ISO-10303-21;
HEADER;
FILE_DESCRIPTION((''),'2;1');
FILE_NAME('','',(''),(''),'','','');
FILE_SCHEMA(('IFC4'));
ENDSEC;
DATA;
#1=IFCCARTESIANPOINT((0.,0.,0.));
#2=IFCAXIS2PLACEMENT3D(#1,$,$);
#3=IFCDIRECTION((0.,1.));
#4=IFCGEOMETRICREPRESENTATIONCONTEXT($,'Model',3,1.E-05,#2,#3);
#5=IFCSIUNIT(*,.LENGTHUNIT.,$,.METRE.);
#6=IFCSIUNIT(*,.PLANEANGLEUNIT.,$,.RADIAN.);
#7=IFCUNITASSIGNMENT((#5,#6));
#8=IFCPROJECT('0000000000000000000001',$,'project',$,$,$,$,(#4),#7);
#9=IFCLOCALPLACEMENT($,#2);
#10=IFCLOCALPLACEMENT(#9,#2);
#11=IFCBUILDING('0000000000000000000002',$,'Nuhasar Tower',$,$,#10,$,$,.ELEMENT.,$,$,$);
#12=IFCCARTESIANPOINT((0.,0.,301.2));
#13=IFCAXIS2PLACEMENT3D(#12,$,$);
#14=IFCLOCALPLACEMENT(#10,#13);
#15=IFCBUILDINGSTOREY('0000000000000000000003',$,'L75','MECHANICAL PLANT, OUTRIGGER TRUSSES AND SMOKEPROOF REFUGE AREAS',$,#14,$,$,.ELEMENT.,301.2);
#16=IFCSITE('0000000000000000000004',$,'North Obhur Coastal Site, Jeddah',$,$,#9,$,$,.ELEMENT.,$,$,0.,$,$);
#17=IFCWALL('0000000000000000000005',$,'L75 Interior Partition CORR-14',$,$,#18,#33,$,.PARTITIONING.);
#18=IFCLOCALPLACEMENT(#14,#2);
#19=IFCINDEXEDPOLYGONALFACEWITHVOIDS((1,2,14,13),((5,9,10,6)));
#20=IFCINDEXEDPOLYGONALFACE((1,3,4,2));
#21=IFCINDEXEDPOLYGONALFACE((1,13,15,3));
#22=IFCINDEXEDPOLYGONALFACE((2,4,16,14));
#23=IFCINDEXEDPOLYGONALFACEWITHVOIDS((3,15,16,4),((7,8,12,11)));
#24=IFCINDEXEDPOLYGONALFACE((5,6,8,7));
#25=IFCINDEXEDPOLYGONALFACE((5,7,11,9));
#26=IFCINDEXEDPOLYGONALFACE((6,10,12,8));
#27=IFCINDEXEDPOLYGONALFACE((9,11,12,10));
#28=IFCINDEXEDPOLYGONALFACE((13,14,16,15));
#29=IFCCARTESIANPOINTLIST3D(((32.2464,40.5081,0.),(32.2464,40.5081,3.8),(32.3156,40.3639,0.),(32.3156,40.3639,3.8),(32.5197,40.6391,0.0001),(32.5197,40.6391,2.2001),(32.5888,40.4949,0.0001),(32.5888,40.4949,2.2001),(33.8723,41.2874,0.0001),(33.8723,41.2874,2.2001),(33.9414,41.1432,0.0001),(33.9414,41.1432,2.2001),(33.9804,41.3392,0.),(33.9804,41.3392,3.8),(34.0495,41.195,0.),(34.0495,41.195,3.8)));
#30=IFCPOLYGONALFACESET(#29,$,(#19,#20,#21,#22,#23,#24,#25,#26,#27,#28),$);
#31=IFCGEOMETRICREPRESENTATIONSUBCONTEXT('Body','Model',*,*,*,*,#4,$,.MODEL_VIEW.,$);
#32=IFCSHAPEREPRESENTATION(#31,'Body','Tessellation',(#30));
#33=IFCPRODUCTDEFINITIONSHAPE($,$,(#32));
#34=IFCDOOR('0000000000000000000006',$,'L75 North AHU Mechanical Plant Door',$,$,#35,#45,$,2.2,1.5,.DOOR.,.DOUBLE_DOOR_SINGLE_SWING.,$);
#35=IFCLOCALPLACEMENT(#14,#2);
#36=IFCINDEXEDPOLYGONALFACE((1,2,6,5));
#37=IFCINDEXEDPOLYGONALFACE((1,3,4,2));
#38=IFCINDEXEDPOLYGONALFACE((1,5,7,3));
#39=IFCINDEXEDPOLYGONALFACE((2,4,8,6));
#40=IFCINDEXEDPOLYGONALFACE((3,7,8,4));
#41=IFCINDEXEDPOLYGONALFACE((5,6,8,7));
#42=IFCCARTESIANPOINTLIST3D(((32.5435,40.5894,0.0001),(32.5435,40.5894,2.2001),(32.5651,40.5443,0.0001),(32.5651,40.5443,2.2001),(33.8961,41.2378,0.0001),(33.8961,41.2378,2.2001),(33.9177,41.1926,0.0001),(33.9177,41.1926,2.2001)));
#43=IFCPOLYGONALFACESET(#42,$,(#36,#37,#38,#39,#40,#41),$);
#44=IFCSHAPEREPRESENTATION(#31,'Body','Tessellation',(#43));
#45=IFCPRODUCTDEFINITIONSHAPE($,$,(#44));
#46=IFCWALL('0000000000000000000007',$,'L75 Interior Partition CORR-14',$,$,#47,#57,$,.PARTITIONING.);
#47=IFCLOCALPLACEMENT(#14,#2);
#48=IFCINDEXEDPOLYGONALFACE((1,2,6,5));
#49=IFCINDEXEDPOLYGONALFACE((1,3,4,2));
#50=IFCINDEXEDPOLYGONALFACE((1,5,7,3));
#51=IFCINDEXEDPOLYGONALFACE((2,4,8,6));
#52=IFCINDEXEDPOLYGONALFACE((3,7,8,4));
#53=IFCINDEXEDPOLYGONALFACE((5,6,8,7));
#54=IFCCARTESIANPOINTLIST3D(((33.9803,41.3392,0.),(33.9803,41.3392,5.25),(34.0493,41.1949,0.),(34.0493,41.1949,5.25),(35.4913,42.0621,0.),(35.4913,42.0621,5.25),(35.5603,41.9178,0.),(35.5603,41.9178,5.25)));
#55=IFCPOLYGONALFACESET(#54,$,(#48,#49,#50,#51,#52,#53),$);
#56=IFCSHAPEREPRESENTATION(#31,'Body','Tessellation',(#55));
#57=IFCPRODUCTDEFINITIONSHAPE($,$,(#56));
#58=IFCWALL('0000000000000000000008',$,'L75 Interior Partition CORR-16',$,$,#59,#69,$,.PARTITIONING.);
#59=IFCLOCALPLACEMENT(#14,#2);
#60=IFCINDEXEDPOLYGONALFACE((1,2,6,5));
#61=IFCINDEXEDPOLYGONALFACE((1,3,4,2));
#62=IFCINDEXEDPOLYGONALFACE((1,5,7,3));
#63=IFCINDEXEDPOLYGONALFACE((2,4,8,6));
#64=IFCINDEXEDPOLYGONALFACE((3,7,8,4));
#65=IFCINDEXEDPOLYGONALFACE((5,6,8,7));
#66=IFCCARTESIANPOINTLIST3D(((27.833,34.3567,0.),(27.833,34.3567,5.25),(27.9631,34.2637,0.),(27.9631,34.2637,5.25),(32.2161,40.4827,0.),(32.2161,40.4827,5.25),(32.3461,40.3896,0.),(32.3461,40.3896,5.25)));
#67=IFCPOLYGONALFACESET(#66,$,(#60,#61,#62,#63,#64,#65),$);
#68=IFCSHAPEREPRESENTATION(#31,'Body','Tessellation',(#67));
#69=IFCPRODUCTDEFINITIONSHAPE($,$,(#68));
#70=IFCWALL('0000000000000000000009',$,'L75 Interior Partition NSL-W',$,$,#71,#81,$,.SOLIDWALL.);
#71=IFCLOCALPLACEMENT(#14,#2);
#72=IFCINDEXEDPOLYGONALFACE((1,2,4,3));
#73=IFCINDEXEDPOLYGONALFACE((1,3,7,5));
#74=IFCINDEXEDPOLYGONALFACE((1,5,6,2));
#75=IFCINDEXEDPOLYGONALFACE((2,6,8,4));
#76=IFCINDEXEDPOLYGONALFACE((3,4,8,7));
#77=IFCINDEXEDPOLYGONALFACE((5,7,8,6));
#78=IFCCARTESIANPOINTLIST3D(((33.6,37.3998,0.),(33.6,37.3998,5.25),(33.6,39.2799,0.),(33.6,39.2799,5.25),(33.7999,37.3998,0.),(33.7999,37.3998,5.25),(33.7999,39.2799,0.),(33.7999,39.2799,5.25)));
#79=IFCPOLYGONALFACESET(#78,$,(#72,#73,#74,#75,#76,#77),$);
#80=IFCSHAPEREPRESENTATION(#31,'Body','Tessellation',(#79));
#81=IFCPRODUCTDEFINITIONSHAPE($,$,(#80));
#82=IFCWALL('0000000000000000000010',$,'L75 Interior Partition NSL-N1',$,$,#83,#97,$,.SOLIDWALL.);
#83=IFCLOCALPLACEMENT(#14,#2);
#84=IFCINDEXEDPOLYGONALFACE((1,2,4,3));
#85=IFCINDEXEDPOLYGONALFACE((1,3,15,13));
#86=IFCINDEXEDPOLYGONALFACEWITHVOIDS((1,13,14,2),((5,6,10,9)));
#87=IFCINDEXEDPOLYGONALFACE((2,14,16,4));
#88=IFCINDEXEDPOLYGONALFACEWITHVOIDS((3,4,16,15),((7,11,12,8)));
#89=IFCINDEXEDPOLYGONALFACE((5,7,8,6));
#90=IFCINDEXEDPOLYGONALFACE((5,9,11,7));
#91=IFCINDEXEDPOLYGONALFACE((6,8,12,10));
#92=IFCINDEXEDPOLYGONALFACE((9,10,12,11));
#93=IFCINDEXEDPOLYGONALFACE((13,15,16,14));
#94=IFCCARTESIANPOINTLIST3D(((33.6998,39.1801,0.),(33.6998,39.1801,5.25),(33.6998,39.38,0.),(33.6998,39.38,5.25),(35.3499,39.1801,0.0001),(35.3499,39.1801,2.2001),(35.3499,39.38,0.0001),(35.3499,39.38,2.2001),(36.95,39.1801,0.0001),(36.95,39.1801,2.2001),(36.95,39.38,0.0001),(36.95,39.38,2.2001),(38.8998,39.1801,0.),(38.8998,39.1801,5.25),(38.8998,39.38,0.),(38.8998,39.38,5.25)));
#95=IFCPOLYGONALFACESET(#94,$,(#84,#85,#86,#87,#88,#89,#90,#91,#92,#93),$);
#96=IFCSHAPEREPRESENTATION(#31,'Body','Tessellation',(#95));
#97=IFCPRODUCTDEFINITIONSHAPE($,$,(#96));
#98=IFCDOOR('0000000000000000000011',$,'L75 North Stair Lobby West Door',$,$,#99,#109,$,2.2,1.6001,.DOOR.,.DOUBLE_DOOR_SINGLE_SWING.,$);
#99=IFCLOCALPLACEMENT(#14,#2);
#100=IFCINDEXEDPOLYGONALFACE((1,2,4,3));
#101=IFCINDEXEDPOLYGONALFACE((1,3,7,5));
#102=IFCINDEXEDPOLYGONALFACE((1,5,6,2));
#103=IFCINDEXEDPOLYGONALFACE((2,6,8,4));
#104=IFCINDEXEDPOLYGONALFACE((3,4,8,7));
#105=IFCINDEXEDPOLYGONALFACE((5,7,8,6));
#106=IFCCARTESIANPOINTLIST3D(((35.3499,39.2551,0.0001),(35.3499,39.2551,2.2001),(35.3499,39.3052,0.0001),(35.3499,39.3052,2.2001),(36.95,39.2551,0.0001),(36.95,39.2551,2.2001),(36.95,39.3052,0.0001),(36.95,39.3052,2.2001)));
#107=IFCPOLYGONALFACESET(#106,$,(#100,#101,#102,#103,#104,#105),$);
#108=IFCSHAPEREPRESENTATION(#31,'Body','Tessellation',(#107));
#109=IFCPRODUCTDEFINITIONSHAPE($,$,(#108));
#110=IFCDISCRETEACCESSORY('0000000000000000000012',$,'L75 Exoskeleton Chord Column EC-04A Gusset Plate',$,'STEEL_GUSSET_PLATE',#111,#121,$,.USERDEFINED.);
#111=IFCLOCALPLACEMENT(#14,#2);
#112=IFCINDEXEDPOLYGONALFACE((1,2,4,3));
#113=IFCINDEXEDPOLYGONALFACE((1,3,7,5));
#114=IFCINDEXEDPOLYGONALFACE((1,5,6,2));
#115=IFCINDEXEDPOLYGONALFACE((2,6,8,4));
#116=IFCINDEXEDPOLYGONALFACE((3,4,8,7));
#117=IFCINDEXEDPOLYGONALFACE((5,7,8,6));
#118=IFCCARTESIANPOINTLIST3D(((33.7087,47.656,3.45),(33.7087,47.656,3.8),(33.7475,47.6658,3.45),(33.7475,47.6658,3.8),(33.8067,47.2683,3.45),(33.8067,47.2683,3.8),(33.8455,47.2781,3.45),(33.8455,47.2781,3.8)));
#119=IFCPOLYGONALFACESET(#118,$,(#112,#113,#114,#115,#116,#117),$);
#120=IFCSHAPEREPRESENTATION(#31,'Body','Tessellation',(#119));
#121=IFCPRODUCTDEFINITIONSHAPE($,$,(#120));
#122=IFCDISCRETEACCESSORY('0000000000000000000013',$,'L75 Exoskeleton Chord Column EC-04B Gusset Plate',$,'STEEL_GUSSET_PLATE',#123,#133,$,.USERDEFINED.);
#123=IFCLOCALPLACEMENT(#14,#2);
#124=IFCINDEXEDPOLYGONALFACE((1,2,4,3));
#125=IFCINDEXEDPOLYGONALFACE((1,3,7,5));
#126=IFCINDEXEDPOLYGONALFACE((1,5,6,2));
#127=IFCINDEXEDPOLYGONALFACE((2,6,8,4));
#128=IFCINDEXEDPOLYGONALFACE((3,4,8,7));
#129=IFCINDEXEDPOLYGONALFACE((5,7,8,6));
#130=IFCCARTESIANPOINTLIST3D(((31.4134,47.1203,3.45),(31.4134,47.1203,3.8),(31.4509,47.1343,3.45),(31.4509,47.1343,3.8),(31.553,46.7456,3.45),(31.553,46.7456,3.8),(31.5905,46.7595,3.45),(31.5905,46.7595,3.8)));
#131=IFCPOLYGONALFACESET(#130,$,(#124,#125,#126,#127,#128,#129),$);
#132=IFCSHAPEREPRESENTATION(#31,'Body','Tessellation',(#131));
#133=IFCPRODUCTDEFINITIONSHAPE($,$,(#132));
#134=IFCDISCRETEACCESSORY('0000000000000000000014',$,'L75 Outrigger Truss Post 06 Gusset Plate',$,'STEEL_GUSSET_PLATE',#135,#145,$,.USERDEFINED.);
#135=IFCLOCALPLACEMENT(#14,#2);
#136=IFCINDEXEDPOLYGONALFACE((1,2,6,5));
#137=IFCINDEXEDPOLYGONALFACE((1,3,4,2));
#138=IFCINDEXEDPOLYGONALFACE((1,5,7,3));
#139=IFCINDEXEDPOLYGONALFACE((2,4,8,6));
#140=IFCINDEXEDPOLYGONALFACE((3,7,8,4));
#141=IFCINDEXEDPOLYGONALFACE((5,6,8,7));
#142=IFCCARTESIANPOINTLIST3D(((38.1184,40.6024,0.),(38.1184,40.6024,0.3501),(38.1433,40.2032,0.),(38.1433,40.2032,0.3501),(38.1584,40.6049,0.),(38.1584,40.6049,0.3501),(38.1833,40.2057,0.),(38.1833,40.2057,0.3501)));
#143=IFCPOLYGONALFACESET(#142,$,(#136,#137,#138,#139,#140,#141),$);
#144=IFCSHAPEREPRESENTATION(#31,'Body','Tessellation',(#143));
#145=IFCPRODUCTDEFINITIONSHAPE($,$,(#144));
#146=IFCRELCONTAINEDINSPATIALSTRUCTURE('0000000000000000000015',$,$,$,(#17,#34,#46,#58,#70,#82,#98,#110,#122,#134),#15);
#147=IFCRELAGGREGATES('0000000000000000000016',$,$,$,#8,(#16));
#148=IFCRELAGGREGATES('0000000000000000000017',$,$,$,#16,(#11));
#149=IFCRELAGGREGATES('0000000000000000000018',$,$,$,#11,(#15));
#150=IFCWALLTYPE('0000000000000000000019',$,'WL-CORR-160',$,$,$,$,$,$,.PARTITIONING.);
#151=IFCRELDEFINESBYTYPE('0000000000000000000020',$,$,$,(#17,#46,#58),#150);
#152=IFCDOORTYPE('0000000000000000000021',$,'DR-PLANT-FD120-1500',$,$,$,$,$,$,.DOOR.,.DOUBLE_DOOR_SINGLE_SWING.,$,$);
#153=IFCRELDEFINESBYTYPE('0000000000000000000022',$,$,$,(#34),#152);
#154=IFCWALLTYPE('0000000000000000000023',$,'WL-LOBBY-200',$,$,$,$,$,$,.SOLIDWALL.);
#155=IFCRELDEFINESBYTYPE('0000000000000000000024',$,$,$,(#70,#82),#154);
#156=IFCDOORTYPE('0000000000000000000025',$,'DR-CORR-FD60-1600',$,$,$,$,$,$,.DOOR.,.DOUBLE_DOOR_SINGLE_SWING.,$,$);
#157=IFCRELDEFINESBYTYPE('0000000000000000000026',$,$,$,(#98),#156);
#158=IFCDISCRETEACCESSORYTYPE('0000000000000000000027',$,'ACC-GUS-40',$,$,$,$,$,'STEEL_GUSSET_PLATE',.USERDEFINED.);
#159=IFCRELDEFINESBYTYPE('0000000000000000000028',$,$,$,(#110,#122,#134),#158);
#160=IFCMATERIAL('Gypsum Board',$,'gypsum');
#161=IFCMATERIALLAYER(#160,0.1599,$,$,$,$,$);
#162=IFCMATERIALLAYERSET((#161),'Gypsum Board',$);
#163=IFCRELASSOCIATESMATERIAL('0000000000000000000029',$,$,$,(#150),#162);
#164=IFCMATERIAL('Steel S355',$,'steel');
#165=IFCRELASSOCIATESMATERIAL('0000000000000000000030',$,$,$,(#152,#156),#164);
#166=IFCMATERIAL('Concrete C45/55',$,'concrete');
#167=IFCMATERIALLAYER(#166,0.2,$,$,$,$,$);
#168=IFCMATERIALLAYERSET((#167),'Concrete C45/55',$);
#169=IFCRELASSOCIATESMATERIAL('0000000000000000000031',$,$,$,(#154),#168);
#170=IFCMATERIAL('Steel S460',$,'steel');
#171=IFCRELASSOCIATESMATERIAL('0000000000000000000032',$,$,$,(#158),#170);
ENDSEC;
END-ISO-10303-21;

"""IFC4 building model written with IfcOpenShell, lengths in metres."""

from ifc_helpers import new_model, si_unit, direction, frame, frame_2d, origin, origin_2d, place, context, subcontext, project, spatial, rectangle, extrude, material, layer, layer_set, type_object, element, fill, save


model = new_model("IFC4")

# Units and contexts
model_context = context("Model", 3, precision=1e-05, world=origin(), true_north=direction((0.0, 1.0)))
body_context = subcontext(model_context, "Body", "Model", "MODEL_VIEW")
ifc_project = project(units=[si_unit("LENGTHUNIT", "METRE"), si_unit("PLANEANGLEUNIT", "RADIAN")], contexts=[model_context])

# Site, building, storey
site_placement = place(None, origin())
site = spatial("IfcSite", under=ifc_project, at=site_placement, Name="North Obhur Coastal Site, Jeddah", CompositionType="ELEMENT", RefElevation=0.0)
building_placement = place(site_placement, origin())
building = spatial("IfcBuilding", under=site, at=building_placement, Name="Nuhasar Tower", CompositionType="ELEMENT")
storey_placement = place(building_placement, frame((0.0, 0.0, 301.2)))
storey = spatial("IfcBuildingStorey", under=building, at=storey_placement, Name="L75", Description="MECHANICAL PLANT, OUTRIGGER TRUSSES AND SMOKEPROOF REFUGE AREAS", CompositionType="ELEMENT", Elevation=301.2)

# Shared definitions
ifc_material_1 = material(Name="Steel S355", Category="steel")

# Shared definitions
ifc_material_2 = material(Name="Steel S460", Category="steel")

# Wall, opening, door
ifc_material_3 = material(Name="Gypsum Board", Category="gypsum")
ifc_layer_1 = layer(ifc_material_3, 0.1599)
ifc_layer_set_1 = layer_set([ifc_layer_1], Name="Gypsum Board")
wall_type_1 = type_object("IfcWallType", Name="WL-CORR-160", PredefinedType="PARTITIONING", material=ifc_layer_set_1)
wall_1_placement = place(storey_placement, frame((32.281, 40.436, 0.0), z_axis=(0.0, 0.0, 1.0), x_axis=(0.901769, 0.432219, 0.0)))
wall_1 = element("IfcWall", 1, at=wall_1_placement, inside=storey, type_object=wall_type_1, Name="L75 Interior Partition CORR-14", PredefinedType="PARTITIONING", context=body_context, shape_type="SweptSolid", body=[
    extrude(rectangle(XDim=1.9229, YDim=0.1599, at=frame_2d((0.9614, 0.0))), origin(), (0.0, 0.0, 1.0), 3.8),
])
opening_1_placement = place(wall_1_placement, frame((0.303, 0.0, 0.0)))
opening_1 = element("IfcOpeningElement", 2, at=opening_1_placement, cuts=wall_1, PredefinedType="OPENING", context=body_context, shape_type="SweptSolid", body=[
    extrude(rectangle(XDim=1.5, YDim=2.2, at=frame_2d((0.75, 1.1001))), frame((0.0, 0.0898, 0.0), z_axis=(0.0, -1.0, 0.0), x_axis=(1.0, 0.0, 0.0)), (0.0, 0.0, 1.0), 0.1799),
])
door_type_1 = type_object("IfcDoorType", Name="DR-PLANT-FD120-1500", OperationType="DOUBLE_DOOR_SINGLE_SWING", PredefinedType="DOOR", material=ifc_material_1)
door_1_placement = place(opening_1_placement, origin())
door_1 = element("IfcDoor", 3, at=door_1_placement, inside=storey, type_object=door_type_1, Name="L75 North AHU Mechanical Plant Door", OperationType="DOUBLE_DOOR_SINGLE_SWING", OverallHeight=2.2, OverallWidth=1.5, PredefinedType="DOOR", context=body_context, shape_type="SweptSolid", body=[
    extrude(rectangle(XDim=1.5, YDim=2.2, at=frame_2d((0.75, 1.1001))), frame((0.0, 0.0249, 0.0), z_axis=(0.0, -1.0, 0.0), x_axis=(1.0, 0.0, 0.0)), (0.0, 0.0, 1.0), 0.05),
])
fill(opening_1, door_1)

# Walls
wall_2_placement = place(storey_placement, frame((34.0149, 41.2671, 0.0), z_axis=(0.0, 0.0, 1.0), x_axis=(0.902075, 0.431579, 0.0)))
element("IfcWall", 4, at=wall_2_placement, inside=storey, type_object=wall_type_1, Name="L75 Interior Partition CORR-14", PredefinedType="PARTITIONING", context=body_context, shape_type="SweptSolid", body=[
    extrude(rectangle(XDim=1.675, YDim=0.1599, at=frame_2d((0.8374, 0.0))), origin(), (0.0, 0.0, 1.0), 5.25),
])
wall_3_placement = place(storey_placement, frame((32.281, 40.436, 0.0), z_axis=(0.0, 0.0, 1.0), x_axis=(-0.581885, -0.813271, 0.0)))
element("IfcWall", 5, at=wall_3_placement, inside=storey, type_object=wall_type_1, Name="L75 Interior Partition CORR-16", PredefinedType="PARTITIONING", context=body_context, shape_type="SweptSolid", body=[
    extrude(rectangle(XDim=7.5325, YDim=0.1599, at=frame_2d((3.7661, 0.0))), origin(), (0.0, 0.0, 1.0), 5.25),
])
ifc_material_4 = material(Name="Concrete C45/55", Category="concrete")
ifc_layer_2 = layer(ifc_material_4, 0.2)
ifc_layer_set_2 = layer_set([ifc_layer_2], Name="Concrete C45/55")
wall_type_2 = type_object("IfcWallType", Name="WL-LOBBY-200", PredefinedType="SOLIDWALL", material=ifc_layer_set_2)
wall_4_placement = place(storey_placement, frame((33.7, 37.3999, 0.0), z_axis=(0.0, 0.0, 1.0), x_axis=(0.0, 1.0, 0.0)))
element("IfcWall", 6, at=wall_4_placement, inside=storey, type_object=wall_type_2, Name="L75 Interior Partition NSL-W", PredefinedType="SOLIDWALL", context=body_context, shape_type="SweptSolid", body=[
    extrude(rectangle(XDim=1.8801, YDim=0.2, at=frame_2d((0.9399, 0.0))), origin(), (0.0, 0.0, 1.0), 5.25),
])

# Wall, opening, door
wall_5_placement = place(storey_placement, frame((38.8999, 39.28, 0.0), z_axis=(0.0, 0.0, 1.0), x_axis=(-1.0, 0.0, 0.0)))
wall_5 = element("IfcWall", 7, at=wall_5_placement, inside=storey, type_object=wall_type_2, Name="L75 Interior Partition NSL-N1", PredefinedType="SOLIDWALL", context=body_context, shape_type="SweptSolid", body=[
    extrude(rectangle(XDim=5.2, YDim=0.2, at=frame_2d((2.6001, 0.0))), origin(), (0.0, 0.0, 1.0), 5.25),
])
opening_2_placement = place(wall_5_placement, frame((1.95, 0.0, 0.0)))
opening_2 = element("IfcOpeningElement", 8, at=opening_2_placement, cuts=wall_5, PredefinedType="OPENING", context=body_context, shape_type="SweptSolid", body=[
    extrude(rectangle(XDim=1.6001, YDim=2.2, at=frame_2d((0.8, 1.1001))), frame((0.0, 0.1099, 0.0), z_axis=(0.0, -1.0, 0.0), x_axis=(1.0, 0.0, 0.0)), (0.0, 0.0, 1.0), 0.22),
])
door_type_2 = type_object("IfcDoorType", Name="DR-CORR-FD60-1600", OperationType="DOUBLE_DOOR_SINGLE_SWING", PredefinedType="DOOR", material=ifc_material_1)
door_2_placement = place(opening_2_placement, origin())
door_2 = element("IfcDoor", 9, at=door_2_placement, inside=storey, type_object=door_type_2, Name="L75 North Stair Lobby West Door", OperationType="DOUBLE_DOOR_SINGLE_SWING", OverallHeight=2.2, OverallWidth=1.6001, PredefinedType="DOOR", context=body_context, shape_type="SweptSolid", body=[
    extrude(rectangle(XDim=1.6001, YDim=2.2, at=frame_2d((0.8, 1.1001))), frame((0.0, 0.0249, 0.0), z_axis=(0.0, -1.0, 0.0), x_axis=(1.0, 0.0, 0.0)), (0.0, 0.0, 1.0), 0.05),
])
fill(opening_2, door_2)

# Discrete accessories
discrete_accessory_type = type_object("IfcDiscreteAccessoryType", Name="ACC-GUS-40", ElementType="STEEL_GUSSET_PLATE", PredefinedType="USERDEFINED", material=ifc_material_2)
for number, where, z_axis, x_axis, name in (
    (10, (33.7771, 47.467, 3.45), (0.0, 0.0, 1.0), (-0.245037, 0.969514, 0.0), "L75 Exoskeleton Chord Column EC-04A Gusset Plate"),
    (11, (31.502, 46.9399, 3.45), (0.0, 0.0, 1.0), (-0.348916, 0.937154, 0.0), "L75 Exoskeleton Chord Column EC-04B Gusset Plate"),
    (12, (38.1509, 40.4041, 0.0), (0.0, 0.0, 1.0), (-0.062268, 0.998059, 0.0), "L75 Outrigger Truss Post 06 Gusset Plate"),
):
    element("IfcDiscreteAccessory", number, at=place(storey_placement, frame(where, z_axis=z_axis, x_axis=x_axis)), inside=storey, type_object=discrete_accessory_type, Name=name, ObjectType="STEEL_GUSSET_PLATE", PredefinedType="USERDEFINED", context=body_context, shape_type="SweptSolid", body=[
        extrude(rectangle(XDim=0.3999, YDim=0.04, at=origin_2d()), origin(), (0.0, 0.0, 1.0), 0.3501),
    ])

save(model, "model.ifc")
